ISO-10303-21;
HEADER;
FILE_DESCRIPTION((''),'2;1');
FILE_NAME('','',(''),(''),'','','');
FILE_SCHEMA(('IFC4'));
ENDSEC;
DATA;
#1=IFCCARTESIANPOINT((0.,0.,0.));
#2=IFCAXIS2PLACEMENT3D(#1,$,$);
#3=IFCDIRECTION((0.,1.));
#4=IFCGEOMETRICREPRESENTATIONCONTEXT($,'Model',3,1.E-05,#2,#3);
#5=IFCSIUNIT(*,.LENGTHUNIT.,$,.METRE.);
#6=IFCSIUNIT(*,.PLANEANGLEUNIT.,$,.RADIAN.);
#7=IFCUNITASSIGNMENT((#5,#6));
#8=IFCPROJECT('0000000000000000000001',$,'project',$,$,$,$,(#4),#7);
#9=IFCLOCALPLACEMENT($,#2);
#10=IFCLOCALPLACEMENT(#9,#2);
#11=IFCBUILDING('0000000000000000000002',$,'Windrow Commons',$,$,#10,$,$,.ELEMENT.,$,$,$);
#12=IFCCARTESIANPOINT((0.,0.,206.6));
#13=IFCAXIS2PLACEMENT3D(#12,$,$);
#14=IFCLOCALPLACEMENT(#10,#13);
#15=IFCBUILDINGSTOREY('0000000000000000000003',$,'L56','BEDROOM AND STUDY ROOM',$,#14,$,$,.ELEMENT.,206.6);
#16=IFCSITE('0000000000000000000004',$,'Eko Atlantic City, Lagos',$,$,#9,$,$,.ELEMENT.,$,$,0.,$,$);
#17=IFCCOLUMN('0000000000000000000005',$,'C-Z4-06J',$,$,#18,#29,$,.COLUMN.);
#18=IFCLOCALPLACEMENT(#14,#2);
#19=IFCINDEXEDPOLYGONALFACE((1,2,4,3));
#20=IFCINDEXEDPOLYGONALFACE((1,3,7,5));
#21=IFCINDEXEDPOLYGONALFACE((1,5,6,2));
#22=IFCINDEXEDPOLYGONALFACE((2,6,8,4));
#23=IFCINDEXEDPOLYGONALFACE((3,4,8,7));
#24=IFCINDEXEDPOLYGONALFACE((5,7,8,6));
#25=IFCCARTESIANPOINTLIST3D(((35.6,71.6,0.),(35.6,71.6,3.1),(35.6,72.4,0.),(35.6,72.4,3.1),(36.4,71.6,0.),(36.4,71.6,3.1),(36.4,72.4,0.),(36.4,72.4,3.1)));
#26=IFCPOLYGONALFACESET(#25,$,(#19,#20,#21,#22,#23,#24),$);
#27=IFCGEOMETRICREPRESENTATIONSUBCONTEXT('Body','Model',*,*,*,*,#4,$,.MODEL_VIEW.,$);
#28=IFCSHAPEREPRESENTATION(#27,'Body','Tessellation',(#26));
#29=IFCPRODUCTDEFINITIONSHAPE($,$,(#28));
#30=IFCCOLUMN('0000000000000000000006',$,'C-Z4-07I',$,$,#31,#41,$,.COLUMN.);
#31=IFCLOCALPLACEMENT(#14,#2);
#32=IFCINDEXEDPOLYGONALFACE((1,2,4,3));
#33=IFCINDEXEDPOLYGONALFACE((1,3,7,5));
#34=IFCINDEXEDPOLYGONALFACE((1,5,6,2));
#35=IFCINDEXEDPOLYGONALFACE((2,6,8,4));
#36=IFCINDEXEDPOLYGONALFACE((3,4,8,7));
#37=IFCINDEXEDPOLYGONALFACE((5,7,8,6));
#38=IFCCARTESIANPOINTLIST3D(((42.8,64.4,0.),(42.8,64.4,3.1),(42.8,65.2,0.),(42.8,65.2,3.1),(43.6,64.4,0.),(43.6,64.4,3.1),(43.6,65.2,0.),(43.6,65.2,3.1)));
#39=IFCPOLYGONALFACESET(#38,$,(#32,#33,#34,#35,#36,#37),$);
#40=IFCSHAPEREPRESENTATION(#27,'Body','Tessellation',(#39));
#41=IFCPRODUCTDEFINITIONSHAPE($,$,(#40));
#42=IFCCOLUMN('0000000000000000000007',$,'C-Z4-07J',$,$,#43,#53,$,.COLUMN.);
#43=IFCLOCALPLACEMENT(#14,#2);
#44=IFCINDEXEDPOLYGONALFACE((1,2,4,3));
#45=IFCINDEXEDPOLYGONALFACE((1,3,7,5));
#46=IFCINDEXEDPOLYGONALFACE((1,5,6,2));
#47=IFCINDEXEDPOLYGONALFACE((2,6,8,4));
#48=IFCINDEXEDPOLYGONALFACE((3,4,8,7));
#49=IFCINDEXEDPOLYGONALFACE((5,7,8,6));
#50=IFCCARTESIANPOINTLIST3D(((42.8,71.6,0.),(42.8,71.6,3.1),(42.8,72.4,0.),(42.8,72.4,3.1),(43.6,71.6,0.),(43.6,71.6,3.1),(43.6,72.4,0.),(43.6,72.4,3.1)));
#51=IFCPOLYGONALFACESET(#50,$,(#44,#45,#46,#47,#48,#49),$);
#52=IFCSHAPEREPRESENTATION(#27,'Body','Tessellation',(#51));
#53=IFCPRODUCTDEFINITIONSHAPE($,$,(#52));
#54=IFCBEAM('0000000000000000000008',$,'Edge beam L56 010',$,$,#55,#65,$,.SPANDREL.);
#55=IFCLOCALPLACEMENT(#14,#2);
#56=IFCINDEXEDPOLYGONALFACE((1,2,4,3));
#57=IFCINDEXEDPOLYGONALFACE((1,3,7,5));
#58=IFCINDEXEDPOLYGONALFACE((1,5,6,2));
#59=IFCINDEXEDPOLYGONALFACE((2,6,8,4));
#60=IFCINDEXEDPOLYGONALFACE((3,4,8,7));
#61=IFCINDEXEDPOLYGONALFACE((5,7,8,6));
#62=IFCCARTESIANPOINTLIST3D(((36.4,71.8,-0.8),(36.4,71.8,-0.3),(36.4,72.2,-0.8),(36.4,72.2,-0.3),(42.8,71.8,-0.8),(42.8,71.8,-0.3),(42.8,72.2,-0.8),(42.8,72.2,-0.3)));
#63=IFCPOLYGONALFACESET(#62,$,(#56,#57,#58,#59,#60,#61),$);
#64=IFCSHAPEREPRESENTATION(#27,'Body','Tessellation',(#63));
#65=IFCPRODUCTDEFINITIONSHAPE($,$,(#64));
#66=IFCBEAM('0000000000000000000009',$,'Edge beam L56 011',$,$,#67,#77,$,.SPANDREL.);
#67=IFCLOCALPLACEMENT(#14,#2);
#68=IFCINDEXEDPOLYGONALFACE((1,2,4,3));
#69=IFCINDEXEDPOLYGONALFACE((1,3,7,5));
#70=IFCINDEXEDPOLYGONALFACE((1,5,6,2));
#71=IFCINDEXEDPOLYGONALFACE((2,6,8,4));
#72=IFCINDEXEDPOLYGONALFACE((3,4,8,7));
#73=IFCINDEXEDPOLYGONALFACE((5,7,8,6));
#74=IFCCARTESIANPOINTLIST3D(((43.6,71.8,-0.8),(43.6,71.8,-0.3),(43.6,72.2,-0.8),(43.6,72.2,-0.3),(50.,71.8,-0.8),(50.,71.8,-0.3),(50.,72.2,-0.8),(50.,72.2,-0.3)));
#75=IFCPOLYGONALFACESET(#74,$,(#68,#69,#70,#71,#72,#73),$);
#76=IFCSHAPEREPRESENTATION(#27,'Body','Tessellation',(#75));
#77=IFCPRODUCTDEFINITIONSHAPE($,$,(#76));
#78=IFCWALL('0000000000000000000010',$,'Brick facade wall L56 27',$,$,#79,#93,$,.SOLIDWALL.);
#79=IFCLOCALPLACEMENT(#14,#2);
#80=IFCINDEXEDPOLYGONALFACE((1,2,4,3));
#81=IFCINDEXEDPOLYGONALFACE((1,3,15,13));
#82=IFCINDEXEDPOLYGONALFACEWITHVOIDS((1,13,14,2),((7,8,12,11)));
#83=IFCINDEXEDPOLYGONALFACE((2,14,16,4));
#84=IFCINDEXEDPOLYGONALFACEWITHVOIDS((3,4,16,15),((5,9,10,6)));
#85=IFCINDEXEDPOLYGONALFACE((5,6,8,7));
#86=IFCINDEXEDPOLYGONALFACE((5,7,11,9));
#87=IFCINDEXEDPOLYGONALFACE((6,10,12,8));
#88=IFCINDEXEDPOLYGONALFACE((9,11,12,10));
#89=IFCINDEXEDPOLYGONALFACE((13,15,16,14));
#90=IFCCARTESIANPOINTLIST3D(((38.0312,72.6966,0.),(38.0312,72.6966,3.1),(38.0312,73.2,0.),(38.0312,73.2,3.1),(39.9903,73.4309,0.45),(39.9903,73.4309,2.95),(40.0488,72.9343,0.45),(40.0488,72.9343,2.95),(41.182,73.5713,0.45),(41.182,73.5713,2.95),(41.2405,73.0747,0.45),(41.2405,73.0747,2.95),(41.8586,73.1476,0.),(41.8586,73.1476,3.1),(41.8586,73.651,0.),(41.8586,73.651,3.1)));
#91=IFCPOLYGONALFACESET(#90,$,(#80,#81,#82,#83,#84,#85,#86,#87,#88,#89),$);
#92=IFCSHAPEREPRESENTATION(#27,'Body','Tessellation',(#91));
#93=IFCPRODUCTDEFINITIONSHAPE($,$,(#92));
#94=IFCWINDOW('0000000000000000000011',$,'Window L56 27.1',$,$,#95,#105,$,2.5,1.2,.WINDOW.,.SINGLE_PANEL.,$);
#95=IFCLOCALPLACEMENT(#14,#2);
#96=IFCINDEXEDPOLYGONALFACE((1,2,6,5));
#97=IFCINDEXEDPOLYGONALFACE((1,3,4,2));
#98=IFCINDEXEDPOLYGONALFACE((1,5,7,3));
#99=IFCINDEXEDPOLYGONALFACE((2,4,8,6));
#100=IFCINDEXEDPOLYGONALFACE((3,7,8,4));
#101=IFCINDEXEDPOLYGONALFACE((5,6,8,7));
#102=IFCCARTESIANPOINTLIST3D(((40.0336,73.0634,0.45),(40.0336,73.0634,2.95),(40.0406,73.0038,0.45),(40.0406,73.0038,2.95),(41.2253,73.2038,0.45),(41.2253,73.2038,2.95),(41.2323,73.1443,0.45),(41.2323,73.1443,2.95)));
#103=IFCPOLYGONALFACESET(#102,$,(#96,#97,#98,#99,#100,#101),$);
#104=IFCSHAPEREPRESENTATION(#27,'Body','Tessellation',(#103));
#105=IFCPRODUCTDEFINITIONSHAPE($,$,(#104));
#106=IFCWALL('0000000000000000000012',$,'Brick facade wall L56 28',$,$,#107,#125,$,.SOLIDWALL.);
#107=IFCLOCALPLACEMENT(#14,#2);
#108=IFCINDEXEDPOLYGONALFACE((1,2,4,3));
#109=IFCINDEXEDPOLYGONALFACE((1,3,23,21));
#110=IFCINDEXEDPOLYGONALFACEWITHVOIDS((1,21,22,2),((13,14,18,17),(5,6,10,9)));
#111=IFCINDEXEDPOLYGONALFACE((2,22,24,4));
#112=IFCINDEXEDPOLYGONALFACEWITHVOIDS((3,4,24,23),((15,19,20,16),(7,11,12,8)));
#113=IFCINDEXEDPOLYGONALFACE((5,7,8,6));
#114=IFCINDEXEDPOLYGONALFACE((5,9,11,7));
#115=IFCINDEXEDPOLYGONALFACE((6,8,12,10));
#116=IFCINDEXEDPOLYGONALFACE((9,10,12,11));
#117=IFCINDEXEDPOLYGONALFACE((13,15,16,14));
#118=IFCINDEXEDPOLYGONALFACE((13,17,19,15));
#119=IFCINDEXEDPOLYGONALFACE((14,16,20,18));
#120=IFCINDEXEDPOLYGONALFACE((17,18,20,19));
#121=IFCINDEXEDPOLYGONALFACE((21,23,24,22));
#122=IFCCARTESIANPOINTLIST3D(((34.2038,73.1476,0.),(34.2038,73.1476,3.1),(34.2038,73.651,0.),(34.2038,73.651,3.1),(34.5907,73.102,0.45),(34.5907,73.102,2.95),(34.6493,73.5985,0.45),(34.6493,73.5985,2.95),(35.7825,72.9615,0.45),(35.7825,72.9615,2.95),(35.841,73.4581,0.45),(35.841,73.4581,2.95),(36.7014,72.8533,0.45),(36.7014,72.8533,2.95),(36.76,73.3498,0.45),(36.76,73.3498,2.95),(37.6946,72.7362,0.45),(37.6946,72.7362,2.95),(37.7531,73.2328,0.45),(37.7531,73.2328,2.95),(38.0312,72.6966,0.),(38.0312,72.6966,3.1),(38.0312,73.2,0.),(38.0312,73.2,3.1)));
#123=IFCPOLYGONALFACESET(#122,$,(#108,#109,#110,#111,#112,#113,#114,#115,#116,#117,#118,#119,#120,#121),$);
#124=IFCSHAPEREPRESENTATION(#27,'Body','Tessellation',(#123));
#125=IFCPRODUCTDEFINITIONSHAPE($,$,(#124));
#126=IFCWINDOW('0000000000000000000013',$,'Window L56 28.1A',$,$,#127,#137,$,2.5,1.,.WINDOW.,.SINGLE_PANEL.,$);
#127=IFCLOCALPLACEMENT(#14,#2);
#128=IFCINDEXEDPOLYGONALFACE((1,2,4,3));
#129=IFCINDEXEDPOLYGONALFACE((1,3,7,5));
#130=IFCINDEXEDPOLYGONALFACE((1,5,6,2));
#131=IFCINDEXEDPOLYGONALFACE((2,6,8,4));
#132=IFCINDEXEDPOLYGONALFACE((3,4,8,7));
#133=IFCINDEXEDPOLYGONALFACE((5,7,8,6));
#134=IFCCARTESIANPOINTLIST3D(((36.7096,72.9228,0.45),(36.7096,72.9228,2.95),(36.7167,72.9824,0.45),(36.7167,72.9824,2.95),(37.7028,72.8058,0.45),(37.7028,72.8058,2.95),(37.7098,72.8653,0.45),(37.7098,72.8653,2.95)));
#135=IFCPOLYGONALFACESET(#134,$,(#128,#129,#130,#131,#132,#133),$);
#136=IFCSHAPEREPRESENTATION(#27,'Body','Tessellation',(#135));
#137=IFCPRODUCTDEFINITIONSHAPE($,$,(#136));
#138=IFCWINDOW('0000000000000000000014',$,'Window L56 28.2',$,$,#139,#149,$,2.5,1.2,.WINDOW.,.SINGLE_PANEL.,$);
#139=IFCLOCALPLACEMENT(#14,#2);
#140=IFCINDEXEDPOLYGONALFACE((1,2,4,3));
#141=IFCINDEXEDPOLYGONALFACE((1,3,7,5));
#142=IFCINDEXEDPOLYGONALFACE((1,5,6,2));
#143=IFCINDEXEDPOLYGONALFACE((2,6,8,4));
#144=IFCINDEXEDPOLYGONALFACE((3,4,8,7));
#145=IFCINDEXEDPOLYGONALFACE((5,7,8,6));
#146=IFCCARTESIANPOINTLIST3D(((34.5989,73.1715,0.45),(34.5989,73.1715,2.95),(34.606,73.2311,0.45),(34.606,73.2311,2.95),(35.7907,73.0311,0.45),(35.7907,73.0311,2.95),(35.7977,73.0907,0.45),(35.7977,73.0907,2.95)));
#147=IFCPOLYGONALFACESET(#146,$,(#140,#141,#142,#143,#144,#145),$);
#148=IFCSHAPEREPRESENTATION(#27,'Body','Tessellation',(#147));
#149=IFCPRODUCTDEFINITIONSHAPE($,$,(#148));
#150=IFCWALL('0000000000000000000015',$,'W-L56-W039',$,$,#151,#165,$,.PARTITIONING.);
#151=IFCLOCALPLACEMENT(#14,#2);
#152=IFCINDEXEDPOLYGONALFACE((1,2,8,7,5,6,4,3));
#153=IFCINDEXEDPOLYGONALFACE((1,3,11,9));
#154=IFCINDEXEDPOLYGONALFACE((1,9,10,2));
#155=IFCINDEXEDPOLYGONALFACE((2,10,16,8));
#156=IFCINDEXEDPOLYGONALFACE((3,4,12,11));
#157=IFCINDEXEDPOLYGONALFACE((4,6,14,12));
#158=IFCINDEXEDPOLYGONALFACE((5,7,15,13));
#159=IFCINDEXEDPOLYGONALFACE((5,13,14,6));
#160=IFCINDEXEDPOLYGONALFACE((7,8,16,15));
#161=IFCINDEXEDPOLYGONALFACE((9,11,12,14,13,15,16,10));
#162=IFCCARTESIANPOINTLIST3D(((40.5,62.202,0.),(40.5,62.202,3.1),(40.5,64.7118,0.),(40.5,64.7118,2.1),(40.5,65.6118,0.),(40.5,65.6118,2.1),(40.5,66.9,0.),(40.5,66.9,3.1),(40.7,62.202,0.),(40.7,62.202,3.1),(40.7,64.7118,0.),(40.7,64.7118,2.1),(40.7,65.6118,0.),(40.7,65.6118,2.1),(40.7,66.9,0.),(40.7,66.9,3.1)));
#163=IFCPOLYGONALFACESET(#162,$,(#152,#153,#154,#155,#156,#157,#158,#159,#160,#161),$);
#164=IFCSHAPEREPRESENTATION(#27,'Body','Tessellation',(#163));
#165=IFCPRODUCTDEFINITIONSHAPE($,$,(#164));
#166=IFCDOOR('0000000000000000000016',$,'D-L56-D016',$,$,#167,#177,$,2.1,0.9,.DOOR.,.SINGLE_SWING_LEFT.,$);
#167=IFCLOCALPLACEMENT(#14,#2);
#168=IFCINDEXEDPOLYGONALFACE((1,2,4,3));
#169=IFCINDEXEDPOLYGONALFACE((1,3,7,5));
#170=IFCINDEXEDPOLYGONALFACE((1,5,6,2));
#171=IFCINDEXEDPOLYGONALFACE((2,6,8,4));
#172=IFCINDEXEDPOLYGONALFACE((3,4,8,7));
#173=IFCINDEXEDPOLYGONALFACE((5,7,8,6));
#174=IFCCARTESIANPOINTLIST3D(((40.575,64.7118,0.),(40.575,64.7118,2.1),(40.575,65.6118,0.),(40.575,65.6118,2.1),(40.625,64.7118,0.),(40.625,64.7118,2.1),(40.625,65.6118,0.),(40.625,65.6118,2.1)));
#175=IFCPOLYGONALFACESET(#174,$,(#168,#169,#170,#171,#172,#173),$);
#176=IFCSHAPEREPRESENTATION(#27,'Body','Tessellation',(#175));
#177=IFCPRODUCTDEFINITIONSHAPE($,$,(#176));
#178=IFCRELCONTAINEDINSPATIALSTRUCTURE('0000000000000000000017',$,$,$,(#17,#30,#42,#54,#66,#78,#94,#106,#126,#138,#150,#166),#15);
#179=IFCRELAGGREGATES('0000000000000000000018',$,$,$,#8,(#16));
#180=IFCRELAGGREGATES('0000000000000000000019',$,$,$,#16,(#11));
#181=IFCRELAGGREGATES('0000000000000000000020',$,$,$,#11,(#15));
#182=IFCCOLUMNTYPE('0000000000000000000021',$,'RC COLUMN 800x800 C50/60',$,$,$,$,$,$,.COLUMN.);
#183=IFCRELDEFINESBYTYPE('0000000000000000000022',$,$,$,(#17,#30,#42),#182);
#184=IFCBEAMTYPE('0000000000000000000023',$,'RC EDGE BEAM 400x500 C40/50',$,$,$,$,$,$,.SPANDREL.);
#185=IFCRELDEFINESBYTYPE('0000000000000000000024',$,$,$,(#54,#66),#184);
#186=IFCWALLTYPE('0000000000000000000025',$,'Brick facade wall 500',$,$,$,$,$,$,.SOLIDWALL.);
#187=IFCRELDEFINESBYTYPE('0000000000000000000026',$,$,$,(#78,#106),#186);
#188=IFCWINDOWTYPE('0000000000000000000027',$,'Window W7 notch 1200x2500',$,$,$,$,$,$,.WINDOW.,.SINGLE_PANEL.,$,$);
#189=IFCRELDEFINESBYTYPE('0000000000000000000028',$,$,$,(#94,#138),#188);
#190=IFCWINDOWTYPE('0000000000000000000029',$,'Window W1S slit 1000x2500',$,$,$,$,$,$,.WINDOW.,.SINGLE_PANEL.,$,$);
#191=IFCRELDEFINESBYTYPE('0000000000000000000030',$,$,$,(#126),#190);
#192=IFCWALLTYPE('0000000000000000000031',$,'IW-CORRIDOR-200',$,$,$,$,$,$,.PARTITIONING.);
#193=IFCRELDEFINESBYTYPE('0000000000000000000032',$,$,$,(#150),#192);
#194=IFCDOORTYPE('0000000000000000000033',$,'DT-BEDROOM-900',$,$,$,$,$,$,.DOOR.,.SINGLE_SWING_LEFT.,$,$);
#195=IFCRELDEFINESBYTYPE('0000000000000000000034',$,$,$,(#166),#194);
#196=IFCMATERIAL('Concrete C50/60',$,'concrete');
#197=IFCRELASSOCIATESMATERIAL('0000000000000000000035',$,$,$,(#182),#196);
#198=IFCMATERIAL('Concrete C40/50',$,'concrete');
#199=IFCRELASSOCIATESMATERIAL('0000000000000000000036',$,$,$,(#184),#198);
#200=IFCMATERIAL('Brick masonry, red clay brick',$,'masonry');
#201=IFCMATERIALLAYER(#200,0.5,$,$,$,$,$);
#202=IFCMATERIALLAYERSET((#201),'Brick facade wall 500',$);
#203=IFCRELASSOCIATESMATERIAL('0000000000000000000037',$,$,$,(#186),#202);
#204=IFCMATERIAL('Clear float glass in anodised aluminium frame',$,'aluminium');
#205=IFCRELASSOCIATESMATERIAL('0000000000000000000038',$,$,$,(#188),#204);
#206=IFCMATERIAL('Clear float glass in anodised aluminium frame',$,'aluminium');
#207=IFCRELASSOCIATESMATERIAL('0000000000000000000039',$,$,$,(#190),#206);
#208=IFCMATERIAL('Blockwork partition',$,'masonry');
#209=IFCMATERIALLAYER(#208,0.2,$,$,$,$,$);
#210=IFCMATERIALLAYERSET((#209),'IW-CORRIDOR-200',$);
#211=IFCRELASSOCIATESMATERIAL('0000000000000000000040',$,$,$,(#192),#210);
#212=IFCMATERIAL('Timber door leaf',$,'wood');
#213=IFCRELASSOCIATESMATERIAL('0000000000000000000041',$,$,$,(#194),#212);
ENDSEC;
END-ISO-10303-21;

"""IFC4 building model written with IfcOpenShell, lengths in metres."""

from ifc_helpers import new_model, si_unit, direction, frame, frame_2d, origin, origin_2d, place, context, subcontext, project, spatial, polyline, rectangle, outline, extrude, material, layer, layer_set, material_profile, profile_set, type_object, element, fill, save


model = new_model("IFC4")

# Units and contexts
model_context = context("Model", 3, precision=1e-05, world=origin(), true_north=direction((0.0, 1.0)))
body_context = subcontext(model_context, "Body", "Model", "MODEL_VIEW")
ifc_project = project(units=[si_unit("LENGTHUNIT", "METRE"), si_unit("PLANEANGLEUNIT", "RADIAN")], contexts=[model_context])

# Site, building, storey
site_placement = place(None, origin())
site = spatial("IfcSite", under=ifc_project, at=site_placement, Name="Eko Atlantic City, Lagos", CompositionType="ELEMENT", RefElevation=0.0)
building_placement = place(site_placement, origin())
building = spatial("IfcBuilding", under=site, at=building_placement, Name="Windrow Commons", CompositionType="ELEMENT")
storey_placement = place(building_placement, frame((0.0, 0.0, 206.6)))
storey = spatial("IfcBuildingStorey", under=building, at=storey_placement, Name="L56", Description="BEDROOM AND STUDY ROOM", CompositionType="ELEMENT", Elevation=206.6)

# Columns
ifc_material_1 = material(Name="Concrete C50/60", Category="concrete")
ifc_material_profile_1 = material_profile(ifc_material_1, rectangle(XDim=0.8, YDim=0.8, at=origin_2d()))
ifc_profile_set_1 = profile_set([ifc_material_profile_1], Name="Concrete C50/60")
column_type = type_object("IfcColumnType", Name="RC COLUMN 800x800 C50/60", PredefinedType="COLUMN", material=ifc_profile_set_1)
for number, where, z_axis, x_axis, name in (
    (1, (36.0, 72.0, 0.0), (0.0, 0.0, 1.0), (1.0, 0.0, 0.0), "C-Z4-06J"),
    (2, (43.2, 64.8, 0.0), (0.0, 0.0, 1.0), (1.0, 0.0, 0.0), "C-Z4-07I"),
    (3, (43.2, 72.0, 0.0), (0.0, 0.0, 1.0), (1.0, 0.0, 0.0), "C-Z4-07J"),
):
    element("IfcColumn", number, at=place(storey_placement, frame(where, z_axis=z_axis, x_axis=x_axis)), inside=storey, type_object=column_type, Name=name, PredefinedType="COLUMN", context=body_context, shape_type="SweptSolid", body=[
        extrude(rectangle(XDim=0.8, YDim=0.8, at=origin_2d()), origin(), (0.0, 0.0, 1.0), 3.1),
    ])

# Beams
ifc_material_2 = material(Name="Concrete C40/50", Category="concrete")
ifc_material_profile_2 = material_profile(ifc_material_2, rectangle(XDim=0.4, YDim=0.5, at=origin_2d()))
ifc_profile_set_2 = profile_set([ifc_material_profile_2], Name="Concrete C40/50")
beam_type = type_object("IfcBeamType", Name="RC EDGE BEAM 400x500 C40/50", PredefinedType="SPANDREL", material=ifc_profile_set_2)
for number, where, z_axis, x_axis, name in (
    (4, (36.4, 72.0, -0.55), (1.0, 0.0, 0.0), (0.0, 1.0, 0.0), "Edge beam L56 010"),
    (5, (43.6, 72.0, -0.55), (1.0, 0.0, 0.0), (0.0, 1.0, 0.0), "Edge beam L56 011"),
):
    element("IfcBeam", number, at=place(storey_placement, frame(where, z_axis=z_axis, x_axis=x_axis)), inside=storey, type_object=beam_type, Name=name, PredefinedType="SPANDREL", context=body_context, shape_type="SweptSolid", body=[
        extrude(rectangle(XDim=0.4, YDim=0.5, at=origin_2d()), origin(), (0.0, 0.0, 1.0), 6.4),
    ])

# Wall, opening, window
ifc_material_3 = material(Name="Brick masonry, red clay brick", Category="masonry")
ifc_layer_1 = layer(ifc_material_3, 0.5)
ifc_layer_set_1 = layer_set([ifc_layer_1], Name="Brick facade wall 500")
wall_type_1 = type_object("IfcWallType", Name="Brick facade wall 500", PredefinedType="SOLIDWALL", material=ifc_layer_set_1)
wall_1_placement = place(storey_placement, frame((41.8586, 73.3993, 0.0), z_axis=(0.0, 0.0, 1.0), x_axis=(-0.993129, -0.117025, 0.0)))
wall_1 = element("IfcWall", 6, at=wall_1_placement, inside=storey, type_object=wall_type_1, Name="Brick facade wall L56 27", PredefinedType="SOLIDWALL", context=body_context, shape_type="SweptSolid", body=[
    extrude(outline(polyline([(-0.0295, -0.25), (3.8244, -0.25), (3.8833, 0.25), (0.0295, 0.25), (-0.0295, -0.25)])), origin(), (0.0, 0.0, 1.0), 3.1),
])
opening_1_placement = place(wall_1_placement, frame((0.6518, 0.0, 0.45)))
opening_1 = element("IfcOpeningElement", 7, at=opening_1_placement, cuts=wall_1, PredefinedType="OPENING", context=body_context, shape_type="SweptSolid", body=[
    extrude(rectangle(XDim=1.2, YDim=2.5, at=frame_2d((0.6, 1.25))), frame((0.0, 0.26, 0.0), z_axis=(0.0, -1.0, 0.0), x_axis=(1.0, 0.0, 0.0)), (0.0, 0.0, 1.0), 0.52),
])
ifc_material_4 = material(Name="Clear float glass in anodised aluminium frame", Category="aluminium")
window_type_1 = type_object("IfcWindowType", Name="Window W7 notch 1200x2500", PartitioningType="SINGLE_PANEL", PredefinedType="WINDOW", material=ifc_material_4)
window_1_placement = place(opening_1_placement, origin())
window_1 = element("IfcWindow", 8, at=window_1_placement, inside=storey, type_object=window_type_1, Name="Window L56 27.1", OverallHeight=2.5, OverallWidth=1.2, PartitioningType="SINGLE_PANEL", PredefinedType="WINDOW", context=body_context, shape_type="SweptSolid", body=[
    extrude(rectangle(XDim=1.2, YDim=2.5, at=frame_2d((0.6, 1.25))), frame((0.0, 0.18, 0.0), z_axis=(0.0, -1.0, 0.0), x_axis=(1.0, 0.0, 0.0)), (0.0, 0.0, 1.0), 0.06),
])
fill(opening_1, window_1)

# Wall, openings, windows
wall_2_placement = place(storey_placement, frame((38.0312, 72.9483, 0.0), z_axis=(0.0, 0.0, 1.0), x_axis=(-0.993129, 0.117025, 0.0)))
wall_2 = element("IfcWall", 9, at=wall_2_placement, inside=storey, type_object=wall_type_1, Name="Brick facade wall L56 28", PredefinedType="SOLIDWALL", context=body_context, shape_type="SweptSolid", body=[
    extrude(outline(polyline([(0.0295, -0.25), (3.8833, -0.25), (3.8244, 0.25), (-0.0295, 0.25), (0.0295, -0.25)])), origin(), (0.0, 0.0, 1.0), 3.1),
])
opening_2_placement = place(wall_2_placement, frame((2.2348, 0.0, 0.45)))
opening_2 = element("IfcOpeningElement", 10, at=opening_2_placement, cuts=wall_2, PredefinedType="OPENING", context=body_context, shape_type="SweptSolid", body=[
    extrude(rectangle(XDim=1.2, YDim=2.5, at=frame_2d((0.6, 1.25))), frame((0.0, 0.26, 0.0), z_axis=(0.0, -1.0, 0.0), x_axis=(1.0, 0.0, 0.0)), (0.0, 0.0, 1.0), 0.52),
])
opening_3_placement = place(wall_2_placement, frame((0.3095, 0.0, 0.45)))
opening_3 = element("IfcOpeningElement", 11, at=opening_3_placement, cuts=wall_2, PredefinedType="OPENING", context=body_context, shape_type="SweptSolid", body=[
    extrude(rectangle(XDim=1.0, YDim=2.5, at=frame_2d((0.5, 1.25))), frame((0.0, 0.26, 0.0), z_axis=(0.0, -1.0, 0.0), x_axis=(1.0, 0.0, 0.0)), (0.0, 0.0, 1.0), 0.52),
])
ifc_material_5 = material(Name="Clear float glass in anodised aluminium frame", Category="aluminium")
window_type_2 = type_object("IfcWindowType", Name="Window W1S slit 1000x2500", PartitioningType="SINGLE_PANEL", PredefinedType="WINDOW", material=ifc_material_5)
window_2_placement = place(opening_3_placement, origin())
window_2 = element("IfcWindow", 12, at=window_2_placement, inside=storey, type_object=window_type_2, Name="Window L56 28.1A", OverallHeight=2.5, OverallWidth=1.0, PartitioningType="SINGLE_PANEL", PredefinedType="WINDOW", context=body_context, shape_type="SweptSolid", body=[
    extrude(rectangle(XDim=1.0, YDim=2.5, at=frame_2d((0.5, 1.25))), frame((0.0, 0.18, 0.0), z_axis=(0.0, -1.0, 0.0), x_axis=(1.0, 0.0, 0.0)), (0.0, 0.0, 1.0), 0.06),
])
fill(opening_3, window_2)
window_3_placement = place(opening_2_placement, origin())
window_3 = element("IfcWindow", 13, at=window_3_placement, inside=storey, type_object=window_type_1, Name="Window L56 28.2", OverallHeight=2.5, OverallWidth=1.2, PartitioningType="SINGLE_PANEL", PredefinedType="WINDOW", context=body_context, shape_type="SweptSolid", body=[
    extrude(rectangle(XDim=1.2, YDim=2.5, at=frame_2d((0.6, 1.25))), frame((0.0, 0.18, 0.0), z_axis=(0.0, -1.0, 0.0), x_axis=(1.0, 0.0, 0.0)), (0.0, 0.0, 1.0), 0.06),
])
fill(opening_2, window_3)

# Wall, opening, door
ifc_material_6 = material(Name="Blockwork partition", Category="masonry")
ifc_layer_2 = layer(ifc_material_6, 0.2)
ifc_layer_set_2 = layer_set([ifc_layer_2], Name="IW-CORRIDOR-200")
wall_type_2 = type_object("IfcWallType", Name="IW-CORRIDOR-200", PredefinedType="PARTITIONING", material=ifc_layer_set_2)
wall_3_placement = place(storey_placement, frame((40.6, 62.202, 0.0), z_axis=(0.0, 0.0, 1.0), x_axis=(0.0, 1.0, 0.0)))
wall_3 = element("IfcWall", 14, at=wall_3_placement, inside=storey, type_object=wall_type_2, Name="W-L56-W039", PredefinedType="PARTITIONING", context=body_context, shape_type="SweptSolid", body=[
    extrude(rectangle(XDim=4.698, YDim=0.2, at=frame_2d((2.349, 0.0))), origin(), (0.0, 0.0, 1.0), 3.1),
])
opening_4_placement = place(wall_3_placement, frame((2.5098, 0.0, 0.0)))
opening_4 = element("IfcOpeningElement", 15, at=opening_4_placement, cuts=wall_3, PredefinedType="OPENING", context=body_context, shape_type="SweptSolid", body=[
    extrude(rectangle(XDim=0.9, YDim=2.1, at=frame_2d((0.45, 1.05))), frame((0.0, 0.11, 0.0), z_axis=(0.0, -1.0, 0.0), x_axis=(1.0, 0.0, 0.0)), (0.0, 0.0, 1.0), 0.22),
])
ifc_material_7 = material(Name="Timber door leaf", Category="wood")
door_type_1 = type_object("IfcDoorType", Name="DT-BEDROOM-900", OperationType="SINGLE_SWING_LEFT", PredefinedType="DOOR", material=ifc_material_7)
door_1_placement = place(opening_4_placement, origin())
door_1 = element("IfcDoor", 16, at=door_1_placement, inside=storey, type_object=door_type_1, Name="D-L56-D016", OperationType="SINGLE_SWING_LEFT", OverallHeight=2.1, OverallWidth=0.9, PredefinedType="DOOR", context=body_context, shape_type="SweptSolid", body=[
    extrude(rectangle(XDim=0.9, YDim=2.1, at=frame_2d((0.45, 1.05))), frame((0.0, 0.025, 0.0), z_axis=(0.0, -1.0, 0.0), x_axis=(1.0, 0.0, 0.0)), (0.0, 0.0, 1.0), 0.05),
])
fill(opening_4, door_1)

save(model, "model.ifc")
